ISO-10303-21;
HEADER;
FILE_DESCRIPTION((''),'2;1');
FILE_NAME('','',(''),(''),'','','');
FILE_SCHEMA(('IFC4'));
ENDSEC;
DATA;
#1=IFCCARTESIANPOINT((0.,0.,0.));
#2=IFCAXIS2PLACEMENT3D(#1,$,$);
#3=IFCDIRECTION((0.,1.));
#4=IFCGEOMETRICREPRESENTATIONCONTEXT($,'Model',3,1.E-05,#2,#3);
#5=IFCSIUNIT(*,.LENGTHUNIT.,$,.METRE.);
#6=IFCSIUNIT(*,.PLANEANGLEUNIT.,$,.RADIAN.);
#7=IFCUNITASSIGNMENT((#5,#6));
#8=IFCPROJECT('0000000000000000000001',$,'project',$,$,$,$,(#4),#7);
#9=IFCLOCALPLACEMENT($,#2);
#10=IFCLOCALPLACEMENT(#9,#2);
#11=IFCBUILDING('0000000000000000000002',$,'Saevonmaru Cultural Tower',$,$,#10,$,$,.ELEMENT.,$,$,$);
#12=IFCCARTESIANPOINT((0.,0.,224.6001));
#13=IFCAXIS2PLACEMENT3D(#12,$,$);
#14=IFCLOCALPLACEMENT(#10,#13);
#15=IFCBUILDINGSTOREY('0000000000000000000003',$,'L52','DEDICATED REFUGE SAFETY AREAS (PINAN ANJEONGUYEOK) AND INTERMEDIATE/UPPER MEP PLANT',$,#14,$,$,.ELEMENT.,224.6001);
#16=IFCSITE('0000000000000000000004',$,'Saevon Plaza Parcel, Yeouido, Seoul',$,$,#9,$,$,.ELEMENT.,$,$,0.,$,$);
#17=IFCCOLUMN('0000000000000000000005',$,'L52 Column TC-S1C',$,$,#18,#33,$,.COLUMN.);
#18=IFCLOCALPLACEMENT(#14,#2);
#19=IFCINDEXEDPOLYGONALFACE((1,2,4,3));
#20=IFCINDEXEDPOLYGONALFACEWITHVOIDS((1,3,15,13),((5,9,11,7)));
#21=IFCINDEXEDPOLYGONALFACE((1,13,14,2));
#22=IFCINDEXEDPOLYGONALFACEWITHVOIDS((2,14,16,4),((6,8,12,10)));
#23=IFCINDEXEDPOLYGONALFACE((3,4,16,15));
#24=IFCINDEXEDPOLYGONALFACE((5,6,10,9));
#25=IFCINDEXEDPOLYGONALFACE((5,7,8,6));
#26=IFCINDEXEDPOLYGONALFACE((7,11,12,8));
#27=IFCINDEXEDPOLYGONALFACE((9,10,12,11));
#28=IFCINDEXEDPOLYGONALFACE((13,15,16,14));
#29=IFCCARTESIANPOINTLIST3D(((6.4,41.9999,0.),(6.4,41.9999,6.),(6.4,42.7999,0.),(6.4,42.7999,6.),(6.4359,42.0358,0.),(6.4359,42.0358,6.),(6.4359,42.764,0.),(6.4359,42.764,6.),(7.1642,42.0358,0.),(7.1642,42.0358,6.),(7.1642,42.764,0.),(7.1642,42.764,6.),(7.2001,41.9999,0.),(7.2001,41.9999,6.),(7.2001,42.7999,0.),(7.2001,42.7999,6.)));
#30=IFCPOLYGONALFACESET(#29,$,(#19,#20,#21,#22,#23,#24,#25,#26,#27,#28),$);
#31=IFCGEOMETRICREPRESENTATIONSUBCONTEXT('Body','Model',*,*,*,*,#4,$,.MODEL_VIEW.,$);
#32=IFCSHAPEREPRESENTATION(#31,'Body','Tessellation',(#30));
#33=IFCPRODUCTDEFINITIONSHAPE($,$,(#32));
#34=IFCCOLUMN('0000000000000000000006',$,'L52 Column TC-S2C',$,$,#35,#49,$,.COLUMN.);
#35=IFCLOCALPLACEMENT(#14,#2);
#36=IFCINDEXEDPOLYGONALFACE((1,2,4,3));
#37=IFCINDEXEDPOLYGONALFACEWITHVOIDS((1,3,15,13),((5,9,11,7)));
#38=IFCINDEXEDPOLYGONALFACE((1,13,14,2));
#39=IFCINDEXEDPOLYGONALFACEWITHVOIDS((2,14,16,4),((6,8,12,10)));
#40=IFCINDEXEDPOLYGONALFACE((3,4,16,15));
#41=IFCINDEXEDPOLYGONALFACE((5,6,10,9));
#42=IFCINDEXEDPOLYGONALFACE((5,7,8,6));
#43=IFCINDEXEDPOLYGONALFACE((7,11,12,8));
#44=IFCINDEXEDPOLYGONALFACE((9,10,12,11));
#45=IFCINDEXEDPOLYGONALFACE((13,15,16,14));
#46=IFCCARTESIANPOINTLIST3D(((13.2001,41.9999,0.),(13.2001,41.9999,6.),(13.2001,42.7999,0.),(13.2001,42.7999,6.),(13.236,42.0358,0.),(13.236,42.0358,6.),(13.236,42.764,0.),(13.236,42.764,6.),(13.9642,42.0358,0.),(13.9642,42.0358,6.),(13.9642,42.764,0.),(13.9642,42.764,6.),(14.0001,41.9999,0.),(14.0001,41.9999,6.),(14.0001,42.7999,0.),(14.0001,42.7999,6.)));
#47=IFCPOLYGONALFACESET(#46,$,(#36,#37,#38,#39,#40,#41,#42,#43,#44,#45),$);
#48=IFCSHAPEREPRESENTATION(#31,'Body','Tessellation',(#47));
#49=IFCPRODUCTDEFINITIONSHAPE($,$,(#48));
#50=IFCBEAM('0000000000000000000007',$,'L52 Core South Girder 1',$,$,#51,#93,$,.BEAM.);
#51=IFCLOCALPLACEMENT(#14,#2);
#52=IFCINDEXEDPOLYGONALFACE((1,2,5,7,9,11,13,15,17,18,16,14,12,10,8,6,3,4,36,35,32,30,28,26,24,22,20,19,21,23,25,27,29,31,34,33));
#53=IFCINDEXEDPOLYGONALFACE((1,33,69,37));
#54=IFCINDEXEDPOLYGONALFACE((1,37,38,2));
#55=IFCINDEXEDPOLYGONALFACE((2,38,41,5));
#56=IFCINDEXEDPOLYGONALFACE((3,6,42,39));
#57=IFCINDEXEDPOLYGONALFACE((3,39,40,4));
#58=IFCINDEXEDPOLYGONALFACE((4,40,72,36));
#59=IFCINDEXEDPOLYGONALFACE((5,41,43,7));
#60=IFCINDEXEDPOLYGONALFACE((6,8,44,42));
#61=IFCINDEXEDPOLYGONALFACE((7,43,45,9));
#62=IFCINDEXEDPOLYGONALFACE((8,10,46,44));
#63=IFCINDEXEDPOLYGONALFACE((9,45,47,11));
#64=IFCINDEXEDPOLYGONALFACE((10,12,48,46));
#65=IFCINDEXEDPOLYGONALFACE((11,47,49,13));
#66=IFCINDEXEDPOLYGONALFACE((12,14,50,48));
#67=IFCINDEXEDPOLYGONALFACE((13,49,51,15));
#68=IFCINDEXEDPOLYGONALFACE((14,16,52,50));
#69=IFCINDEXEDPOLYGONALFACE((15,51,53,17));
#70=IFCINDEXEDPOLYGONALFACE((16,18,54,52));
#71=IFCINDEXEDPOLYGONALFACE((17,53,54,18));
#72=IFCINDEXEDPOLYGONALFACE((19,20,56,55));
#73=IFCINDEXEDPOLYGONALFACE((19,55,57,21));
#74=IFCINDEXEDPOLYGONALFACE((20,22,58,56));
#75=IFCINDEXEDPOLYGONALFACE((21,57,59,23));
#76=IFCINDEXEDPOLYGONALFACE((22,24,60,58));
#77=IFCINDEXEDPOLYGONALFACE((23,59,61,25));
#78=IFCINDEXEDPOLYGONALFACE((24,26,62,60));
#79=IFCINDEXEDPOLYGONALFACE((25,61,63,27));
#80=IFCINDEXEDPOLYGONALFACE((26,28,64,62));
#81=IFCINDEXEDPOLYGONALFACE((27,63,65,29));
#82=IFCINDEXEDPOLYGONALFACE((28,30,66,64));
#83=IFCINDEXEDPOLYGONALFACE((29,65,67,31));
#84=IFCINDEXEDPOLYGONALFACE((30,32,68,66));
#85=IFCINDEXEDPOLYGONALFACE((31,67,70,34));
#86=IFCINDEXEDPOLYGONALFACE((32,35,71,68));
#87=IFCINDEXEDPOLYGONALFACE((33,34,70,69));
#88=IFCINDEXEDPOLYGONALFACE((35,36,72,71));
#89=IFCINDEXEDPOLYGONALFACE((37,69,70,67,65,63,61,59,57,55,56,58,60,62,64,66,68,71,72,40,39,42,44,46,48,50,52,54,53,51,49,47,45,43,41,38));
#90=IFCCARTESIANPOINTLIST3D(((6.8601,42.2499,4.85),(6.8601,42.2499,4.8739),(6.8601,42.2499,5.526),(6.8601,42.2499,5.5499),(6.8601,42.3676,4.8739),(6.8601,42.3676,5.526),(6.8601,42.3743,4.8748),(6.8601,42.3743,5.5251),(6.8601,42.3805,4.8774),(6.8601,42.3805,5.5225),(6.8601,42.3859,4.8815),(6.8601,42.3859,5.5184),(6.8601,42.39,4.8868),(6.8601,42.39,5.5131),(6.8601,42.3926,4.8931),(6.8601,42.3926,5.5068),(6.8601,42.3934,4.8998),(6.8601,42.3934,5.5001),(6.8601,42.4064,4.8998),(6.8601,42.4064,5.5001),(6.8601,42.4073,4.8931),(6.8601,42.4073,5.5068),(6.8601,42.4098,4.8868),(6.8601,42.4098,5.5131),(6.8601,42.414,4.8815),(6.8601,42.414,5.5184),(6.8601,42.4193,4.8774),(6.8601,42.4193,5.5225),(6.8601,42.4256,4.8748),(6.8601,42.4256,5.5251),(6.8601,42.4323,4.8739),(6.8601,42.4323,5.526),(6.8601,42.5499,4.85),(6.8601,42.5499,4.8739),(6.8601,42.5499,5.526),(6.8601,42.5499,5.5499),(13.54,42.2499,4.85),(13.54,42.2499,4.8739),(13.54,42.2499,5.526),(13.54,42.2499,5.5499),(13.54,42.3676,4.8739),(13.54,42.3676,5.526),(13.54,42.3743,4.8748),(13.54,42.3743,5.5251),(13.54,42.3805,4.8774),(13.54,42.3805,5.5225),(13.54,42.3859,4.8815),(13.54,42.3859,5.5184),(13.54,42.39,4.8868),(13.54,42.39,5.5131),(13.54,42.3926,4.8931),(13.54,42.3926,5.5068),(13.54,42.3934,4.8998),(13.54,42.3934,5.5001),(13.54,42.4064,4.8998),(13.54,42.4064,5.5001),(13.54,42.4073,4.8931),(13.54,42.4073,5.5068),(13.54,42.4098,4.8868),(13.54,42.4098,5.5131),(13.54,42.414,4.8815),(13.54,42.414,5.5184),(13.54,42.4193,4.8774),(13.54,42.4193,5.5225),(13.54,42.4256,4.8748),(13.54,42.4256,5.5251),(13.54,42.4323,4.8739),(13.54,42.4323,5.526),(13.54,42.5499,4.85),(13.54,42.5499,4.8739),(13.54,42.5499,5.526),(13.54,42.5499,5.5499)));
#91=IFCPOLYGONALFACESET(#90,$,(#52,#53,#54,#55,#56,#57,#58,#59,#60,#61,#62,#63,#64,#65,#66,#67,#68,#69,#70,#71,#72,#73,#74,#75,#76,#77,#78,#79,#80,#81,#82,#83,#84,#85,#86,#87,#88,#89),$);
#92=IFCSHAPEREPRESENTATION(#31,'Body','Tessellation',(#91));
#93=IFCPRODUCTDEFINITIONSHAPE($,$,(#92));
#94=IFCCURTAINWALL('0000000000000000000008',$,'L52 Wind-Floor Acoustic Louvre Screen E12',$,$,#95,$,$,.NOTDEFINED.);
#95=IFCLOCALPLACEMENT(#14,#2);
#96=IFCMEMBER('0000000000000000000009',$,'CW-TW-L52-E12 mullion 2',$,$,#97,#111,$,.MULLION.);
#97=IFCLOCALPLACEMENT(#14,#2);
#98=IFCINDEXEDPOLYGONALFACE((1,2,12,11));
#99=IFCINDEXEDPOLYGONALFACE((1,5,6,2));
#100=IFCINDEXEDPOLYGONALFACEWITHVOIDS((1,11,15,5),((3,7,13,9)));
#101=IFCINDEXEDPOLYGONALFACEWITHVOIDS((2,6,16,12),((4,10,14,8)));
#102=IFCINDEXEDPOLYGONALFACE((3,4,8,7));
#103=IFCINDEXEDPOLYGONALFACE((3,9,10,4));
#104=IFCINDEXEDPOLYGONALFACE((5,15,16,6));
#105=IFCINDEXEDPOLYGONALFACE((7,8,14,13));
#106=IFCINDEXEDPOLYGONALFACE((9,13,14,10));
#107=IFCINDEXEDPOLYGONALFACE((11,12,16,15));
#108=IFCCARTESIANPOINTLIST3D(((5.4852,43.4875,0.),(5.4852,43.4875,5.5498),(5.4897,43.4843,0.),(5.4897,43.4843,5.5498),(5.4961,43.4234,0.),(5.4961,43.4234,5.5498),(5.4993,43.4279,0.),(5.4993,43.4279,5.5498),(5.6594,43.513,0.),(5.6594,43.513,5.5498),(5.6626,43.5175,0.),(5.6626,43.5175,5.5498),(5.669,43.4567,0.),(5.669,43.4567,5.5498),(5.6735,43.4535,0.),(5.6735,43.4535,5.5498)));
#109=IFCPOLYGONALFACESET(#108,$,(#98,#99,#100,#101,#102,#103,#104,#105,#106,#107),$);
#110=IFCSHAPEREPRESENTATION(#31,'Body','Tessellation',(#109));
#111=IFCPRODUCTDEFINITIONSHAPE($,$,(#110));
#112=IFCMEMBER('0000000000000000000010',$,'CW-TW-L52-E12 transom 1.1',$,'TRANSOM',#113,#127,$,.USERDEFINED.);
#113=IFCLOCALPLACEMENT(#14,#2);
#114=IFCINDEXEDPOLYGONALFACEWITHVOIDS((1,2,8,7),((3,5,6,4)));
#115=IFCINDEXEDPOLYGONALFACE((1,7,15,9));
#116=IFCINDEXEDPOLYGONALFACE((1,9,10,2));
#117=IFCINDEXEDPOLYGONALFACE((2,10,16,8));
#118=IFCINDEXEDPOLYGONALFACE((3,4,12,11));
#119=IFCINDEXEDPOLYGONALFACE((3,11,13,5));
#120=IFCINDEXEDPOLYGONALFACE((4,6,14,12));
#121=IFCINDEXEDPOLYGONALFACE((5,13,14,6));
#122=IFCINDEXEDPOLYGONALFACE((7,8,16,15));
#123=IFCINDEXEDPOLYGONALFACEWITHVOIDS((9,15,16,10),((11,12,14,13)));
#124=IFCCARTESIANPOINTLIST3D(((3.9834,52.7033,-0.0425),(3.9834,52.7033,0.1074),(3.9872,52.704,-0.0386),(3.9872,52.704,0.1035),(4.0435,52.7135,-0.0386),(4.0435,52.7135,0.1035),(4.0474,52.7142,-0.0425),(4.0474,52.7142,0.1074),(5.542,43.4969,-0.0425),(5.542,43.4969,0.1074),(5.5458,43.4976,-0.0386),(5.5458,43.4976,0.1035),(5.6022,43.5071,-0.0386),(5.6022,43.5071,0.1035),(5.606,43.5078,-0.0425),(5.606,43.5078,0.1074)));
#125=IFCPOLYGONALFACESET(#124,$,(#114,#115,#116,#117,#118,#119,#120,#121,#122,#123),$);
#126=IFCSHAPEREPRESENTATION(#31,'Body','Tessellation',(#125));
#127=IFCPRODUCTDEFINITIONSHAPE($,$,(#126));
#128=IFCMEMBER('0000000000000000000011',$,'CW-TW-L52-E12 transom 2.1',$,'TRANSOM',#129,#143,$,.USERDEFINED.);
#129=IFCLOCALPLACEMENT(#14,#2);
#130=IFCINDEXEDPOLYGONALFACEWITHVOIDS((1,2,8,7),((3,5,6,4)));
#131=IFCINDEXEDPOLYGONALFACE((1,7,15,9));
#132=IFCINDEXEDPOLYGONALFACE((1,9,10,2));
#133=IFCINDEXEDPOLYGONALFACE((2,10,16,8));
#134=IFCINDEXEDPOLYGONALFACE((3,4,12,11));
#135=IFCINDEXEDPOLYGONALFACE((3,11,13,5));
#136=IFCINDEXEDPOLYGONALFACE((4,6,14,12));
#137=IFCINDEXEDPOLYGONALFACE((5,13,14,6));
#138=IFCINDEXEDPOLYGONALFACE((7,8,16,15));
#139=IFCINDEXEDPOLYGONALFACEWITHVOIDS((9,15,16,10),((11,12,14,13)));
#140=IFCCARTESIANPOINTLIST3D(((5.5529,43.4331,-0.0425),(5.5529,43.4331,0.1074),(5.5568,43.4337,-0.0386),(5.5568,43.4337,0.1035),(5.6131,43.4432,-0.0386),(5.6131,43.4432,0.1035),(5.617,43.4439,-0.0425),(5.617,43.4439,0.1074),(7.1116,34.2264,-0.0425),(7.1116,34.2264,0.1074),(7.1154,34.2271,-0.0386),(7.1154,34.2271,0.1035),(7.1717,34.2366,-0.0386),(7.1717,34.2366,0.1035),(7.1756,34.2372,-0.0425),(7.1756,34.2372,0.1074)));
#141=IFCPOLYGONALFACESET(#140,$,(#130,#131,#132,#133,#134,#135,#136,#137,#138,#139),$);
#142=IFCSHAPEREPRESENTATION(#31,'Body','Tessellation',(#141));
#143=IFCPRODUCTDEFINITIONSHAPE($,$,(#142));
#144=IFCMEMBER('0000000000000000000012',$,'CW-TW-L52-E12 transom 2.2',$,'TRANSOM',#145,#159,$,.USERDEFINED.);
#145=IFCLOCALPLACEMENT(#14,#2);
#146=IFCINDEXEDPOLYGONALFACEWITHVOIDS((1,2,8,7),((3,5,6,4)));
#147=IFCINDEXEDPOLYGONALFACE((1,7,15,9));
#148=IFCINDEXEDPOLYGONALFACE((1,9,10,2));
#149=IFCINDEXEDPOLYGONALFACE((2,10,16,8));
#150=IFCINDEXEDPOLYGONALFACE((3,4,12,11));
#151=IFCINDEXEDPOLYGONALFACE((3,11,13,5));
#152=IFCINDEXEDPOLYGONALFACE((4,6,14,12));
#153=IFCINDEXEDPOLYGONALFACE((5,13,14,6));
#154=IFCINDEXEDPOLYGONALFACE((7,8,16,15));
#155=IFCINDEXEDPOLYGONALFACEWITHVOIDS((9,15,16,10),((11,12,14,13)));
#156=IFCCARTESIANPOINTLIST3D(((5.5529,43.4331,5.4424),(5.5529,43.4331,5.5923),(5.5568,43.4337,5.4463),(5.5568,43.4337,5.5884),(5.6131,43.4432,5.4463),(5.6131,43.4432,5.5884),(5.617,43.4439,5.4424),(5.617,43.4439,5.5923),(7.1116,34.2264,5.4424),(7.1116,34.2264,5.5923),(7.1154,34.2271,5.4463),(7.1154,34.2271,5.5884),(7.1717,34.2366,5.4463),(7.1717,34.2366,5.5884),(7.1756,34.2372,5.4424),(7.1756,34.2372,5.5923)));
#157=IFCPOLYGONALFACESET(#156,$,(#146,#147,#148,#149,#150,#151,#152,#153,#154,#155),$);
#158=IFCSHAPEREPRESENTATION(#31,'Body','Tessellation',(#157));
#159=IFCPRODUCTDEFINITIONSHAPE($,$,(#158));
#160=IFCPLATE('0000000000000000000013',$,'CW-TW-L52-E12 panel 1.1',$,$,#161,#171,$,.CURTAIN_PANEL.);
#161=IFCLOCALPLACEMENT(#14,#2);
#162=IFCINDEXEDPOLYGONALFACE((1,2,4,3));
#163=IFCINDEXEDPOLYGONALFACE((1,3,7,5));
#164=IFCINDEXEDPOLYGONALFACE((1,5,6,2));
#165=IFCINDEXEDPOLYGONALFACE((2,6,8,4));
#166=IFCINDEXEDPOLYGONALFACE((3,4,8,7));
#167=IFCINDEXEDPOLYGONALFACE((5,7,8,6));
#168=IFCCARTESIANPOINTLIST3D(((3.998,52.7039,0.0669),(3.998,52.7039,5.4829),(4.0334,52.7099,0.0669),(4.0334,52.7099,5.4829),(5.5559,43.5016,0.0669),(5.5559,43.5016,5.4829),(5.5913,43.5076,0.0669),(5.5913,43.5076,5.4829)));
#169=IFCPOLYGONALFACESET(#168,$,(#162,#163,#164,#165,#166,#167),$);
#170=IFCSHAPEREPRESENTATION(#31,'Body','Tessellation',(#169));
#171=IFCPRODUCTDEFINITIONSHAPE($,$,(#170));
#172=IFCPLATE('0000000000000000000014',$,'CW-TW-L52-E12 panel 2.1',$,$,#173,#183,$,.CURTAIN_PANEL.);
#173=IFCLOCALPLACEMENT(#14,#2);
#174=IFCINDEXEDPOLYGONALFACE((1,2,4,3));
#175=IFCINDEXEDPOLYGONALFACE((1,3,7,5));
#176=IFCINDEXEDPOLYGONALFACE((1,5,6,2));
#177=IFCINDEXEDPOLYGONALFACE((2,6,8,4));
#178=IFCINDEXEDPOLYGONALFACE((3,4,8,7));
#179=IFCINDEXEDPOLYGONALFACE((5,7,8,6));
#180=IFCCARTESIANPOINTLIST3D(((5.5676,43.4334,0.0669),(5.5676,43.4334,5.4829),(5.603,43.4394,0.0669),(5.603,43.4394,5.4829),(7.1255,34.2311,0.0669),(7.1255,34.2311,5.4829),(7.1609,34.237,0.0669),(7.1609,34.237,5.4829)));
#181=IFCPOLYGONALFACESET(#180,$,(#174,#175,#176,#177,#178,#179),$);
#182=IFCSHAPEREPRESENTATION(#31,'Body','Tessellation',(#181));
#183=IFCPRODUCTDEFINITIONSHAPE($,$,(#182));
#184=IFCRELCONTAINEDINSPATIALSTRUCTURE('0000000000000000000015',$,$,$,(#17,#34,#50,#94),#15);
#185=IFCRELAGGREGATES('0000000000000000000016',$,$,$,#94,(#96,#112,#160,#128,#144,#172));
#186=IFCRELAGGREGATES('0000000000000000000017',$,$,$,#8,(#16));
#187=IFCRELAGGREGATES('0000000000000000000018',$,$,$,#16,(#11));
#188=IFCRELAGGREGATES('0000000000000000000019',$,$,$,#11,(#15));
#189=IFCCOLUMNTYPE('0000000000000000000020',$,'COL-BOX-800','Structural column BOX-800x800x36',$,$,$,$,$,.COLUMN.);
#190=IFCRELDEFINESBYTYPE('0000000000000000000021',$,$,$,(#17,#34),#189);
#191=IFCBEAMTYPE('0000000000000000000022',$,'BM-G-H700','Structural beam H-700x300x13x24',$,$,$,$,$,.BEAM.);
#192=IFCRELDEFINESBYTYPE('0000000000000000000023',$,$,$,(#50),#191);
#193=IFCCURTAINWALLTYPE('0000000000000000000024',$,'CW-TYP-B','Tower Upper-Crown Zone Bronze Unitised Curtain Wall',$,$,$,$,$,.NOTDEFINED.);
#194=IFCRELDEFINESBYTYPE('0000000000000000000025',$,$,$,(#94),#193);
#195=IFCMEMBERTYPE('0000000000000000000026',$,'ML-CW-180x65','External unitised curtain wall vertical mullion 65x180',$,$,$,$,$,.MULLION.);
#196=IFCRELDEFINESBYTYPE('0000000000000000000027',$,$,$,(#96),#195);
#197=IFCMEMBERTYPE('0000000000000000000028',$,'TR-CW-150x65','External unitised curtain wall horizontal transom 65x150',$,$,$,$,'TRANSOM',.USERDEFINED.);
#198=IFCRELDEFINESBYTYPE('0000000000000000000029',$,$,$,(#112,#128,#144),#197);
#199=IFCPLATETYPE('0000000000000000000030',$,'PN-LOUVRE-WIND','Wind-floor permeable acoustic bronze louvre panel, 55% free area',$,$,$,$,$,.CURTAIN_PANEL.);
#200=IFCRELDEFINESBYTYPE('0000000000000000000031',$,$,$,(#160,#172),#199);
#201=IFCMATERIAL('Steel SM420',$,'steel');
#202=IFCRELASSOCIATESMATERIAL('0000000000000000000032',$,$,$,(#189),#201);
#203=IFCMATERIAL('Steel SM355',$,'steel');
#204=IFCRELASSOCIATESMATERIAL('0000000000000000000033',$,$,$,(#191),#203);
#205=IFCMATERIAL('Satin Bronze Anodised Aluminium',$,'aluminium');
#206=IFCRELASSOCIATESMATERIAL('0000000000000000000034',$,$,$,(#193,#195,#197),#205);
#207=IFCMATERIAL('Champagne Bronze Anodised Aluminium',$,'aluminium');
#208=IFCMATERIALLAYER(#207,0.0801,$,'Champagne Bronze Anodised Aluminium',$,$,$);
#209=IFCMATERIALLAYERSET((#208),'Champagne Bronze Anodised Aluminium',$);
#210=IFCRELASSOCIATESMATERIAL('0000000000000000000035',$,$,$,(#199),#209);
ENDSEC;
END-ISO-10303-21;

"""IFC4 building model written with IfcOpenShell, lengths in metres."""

from ifc_helpers import new_model, si_unit, direction, frame, origin, origin_2d, place, context, subcontext, project, spatial, rectangle, hollow_rectangle, i_section, extrude, material, layer, layer_set, material_profile, profile_set, type_object, element, aggregate, save


model = new_model("IFC4")

# Units and contexts
model_context = context("Model", 3, precision=1e-05, world=origin(), true_north=direction((0.0, 1.0)))
body_context = subcontext(model_context, "Body", "Model", "MODEL_VIEW")
ifc_project = project(units=[si_unit("LENGTHUNIT", "METRE"), si_unit("PLANEANGLEUNIT", "RADIAN")], contexts=[model_context])

# Site, building, storey
site_placement = place(None, origin())
site = spatial("IfcSite", under=ifc_project, at=site_placement, Name="Saevon Plaza Parcel, Yeouido, Seoul", CompositionType="ELEMENT", RefElevation=0.0)
building_placement = place(site_placement, origin())
building = spatial("IfcBuilding", under=site, at=building_placement, Name="Saevonmaru Cultural Tower", CompositionType="ELEMENT")
storey_placement = place(building_placement, frame((0.0, 0.0, 224.6001)))
storey = spatial("IfcBuildingStorey", under=building, at=storey_placement, Name="L52", Description="DEDICATED REFUGE SAFETY AREAS (PINAN ANJEONGUYEOK) AND INTERMEDIATE/UPPER MEP PLANT", CompositionType="ELEMENT", Elevation=224.6001)

# Columns
ifc_material_1 = material(Name="Steel SM420", Category="steel")
ifc_material_profile_1 = material_profile(ifc_material_1, hollow_rectangle(XDim=0.8, YDim=0.8, WallThickness=0.0359, at=origin_2d()), Name="BOX-800x800x36")
ifc_profile_set_1 = profile_set([ifc_material_profile_1], Name="Steel SM420")
column_type = type_object("IfcColumnType", Name="COL-BOX-800", Description="Structural column BOX-800x800x36", PredefinedType="COLUMN", material=ifc_profile_set_1)
for number, where, z_axis, x_axis, name in (
    (1, (6.8, 42.3999, 0.0), (0.0, 0.0, 1.0), (1.0, 0.0, 0.0), "L52 Column TC-S1C"),
    (2, (13.6001, 42.3999, 0.0), (0.0, 0.0, 1.0), (1.0, 0.0, 0.0), "L52 Column TC-S2C"),
):
    element("IfcColumn", number, at=place(storey_placement, frame(where, z_axis=z_axis, x_axis=x_axis)), inside=storey, type_object=column_type, Name=name, PredefinedType="COLUMN", context=body_context, shape_type="SweptSolid", body=[
        extrude(hollow_rectangle(XDim=0.8, YDim=0.8, WallThickness=0.0359, at=origin_2d()), origin(), (0.0, 0.0, 1.0), 6.0),
    ])

# Beam
ifc_material_2 = material(Name="Steel SM355", Category="steel")
ifc_material_profile_2 = material_profile(ifc_material_2, i_section(OverallWidth=0.3, OverallDepth=0.7, WebThickness=0.0129, FlangeThickness=0.0239, FilletRadius=0.0259, at=origin_2d()), Name="H-700x300x13x24")
ifc_profile_set_2 = profile_set([ifc_material_profile_2], Name="Steel SM355")
beam_type = type_object("IfcBeamType", Name="BM-G-H700", Description="Structural beam H-700x300x13x24", PredefinedType="BEAM", material=ifc_profile_set_2)
beam_placement = place(storey_placement, frame((6.8601, 42.3999, 5.2), z_axis=(1.0, 0.0, 0.0), x_axis=(0.0, 1.0, 0.0)))
element("IfcBeam", 3, at=beam_placement, inside=storey, type_object=beam_type, Name="L52 Core South Girder 1", PredefinedType="BEAM", context=body_context, shape_type="SweptSolid", body=[
    extrude(i_section(OverallWidth=0.3, OverallDepth=0.7, WebThickness=0.0129, FlangeThickness=0.0239, FilletRadius=0.0259, at=origin_2d()), origin(), (0.0, 0.0, 1.0), 6.6799),
])

# Curtain wall, members, plates
ifc_material_3 = material(Name="Satin Bronze Anodised Aluminium", Category="aluminium")
curtain_wall_type = type_object("IfcCurtainWallType", Name="CW-TYP-B", Description="Tower Upper-Crown Zone Bronze Unitised Curtain Wall", PredefinedType="NOTDEFINED", material=ifc_material_3)
curtain_wall_placement = place(storey_placement, origin())
curtain_wall = element("IfcCurtainWall", 4, at=curtain_wall_placement, inside=storey, type_object=curtain_wall_type, Name="L52 Wind-Floor Acoustic Louvre Screen E12", PredefinedType="NOTDEFINED")
ifc_material_profile_3 = material_profile(ifc_material_3, hollow_rectangle(XDim=0.0649, YDim=0.1799, WallThickness=0.0039, at=origin_2d()), Name="ALU-MULL-180x65x4")
ifc_profile_set_3 = profile_set([ifc_material_profile_3], Name="Satin Bronze Anodised Aluminium")
member_type_1 = type_object("IfcMemberType", Name="ML-CW-180x65", Description="External unitised curtain wall vertical mullion 65x180", PredefinedType="MULLION", material=ifc_profile_set_3)
member_1_placement = place(storey_placement, frame((5.5793, 43.4705, 0.0), z_axis=(0.0, 0.0, 1.0), x_axis=(0.166922, -0.98597, 0.0)))
member_1 = element("IfcMember", 5, at=member_1_placement, type_object=member_type_1, Name="CW-TW-L52-E12 mullion 2", PredefinedType="MULLION", context=body_context, shape_type="SweptSolid", body=[
    extrude(hollow_rectangle(XDim=0.0649, YDim=0.1799, WallThickness=0.0039, at=origin_2d()), origin(), (0.0, 0.0, 1.0), 5.5498),
])
ifc_material_profile_4 = material_profile(ifc_material_3, hollow_rectangle(XDim=0.0649, YDim=0.1499, WallThickness=0.0039, at=origin_2d()), Name="ALU-TRAN-150x65x4")
ifc_profile_set_4 = profile_set([ifc_material_profile_4], Name="Satin Bronze Anodised Aluminium")
member_type_2 = type_object("IfcMemberType", Name="TR-CW-150x65", Description="External unitised curtain wall horizontal transom 65x150", ElementType="TRANSOM", PredefinedType="USERDEFINED", material=ifc_profile_set_4)
member_2_placement = place(storey_placement, frame((4.0154, 52.7087, 0.0325), z_axis=(0.166921, -0.98597, 0.0), x_axis=(0.98597, 0.166921, 0.0)))
member_2 = element("IfcMember", 6, at=member_2_placement, type_object=member_type_2, Name="CW-TW-L52-E12 transom 1.1", ObjectType="TRANSOM", PredefinedType="USERDEFINED", context=body_context, shape_type="SweptSolid", body=[
    extrude(hollow_rectangle(XDim=0.0649, YDim=0.1499, WallThickness=0.0039, at=origin_2d()), origin(), (0.0, 0.0, 1.0), 9.3374),
])
member_3_placement = place(storey_placement, frame((5.585, 43.4385, 0.0325), z_axis=(0.166917, -0.985971, 0.0), x_axis=(0.985971, 0.166917, 0.0)))
member_3 = element("IfcMember", 7, at=member_3_placement, type_object=member_type_2, Name="CW-TW-L52-E12 transom 2.1", ObjectType="TRANSOM", PredefinedType="USERDEFINED", context=body_context, shape_type="SweptSolid", body=[
    extrude(hollow_rectangle(XDim=0.0649, YDim=0.1499, WallThickness=0.0039, at=origin_2d()), origin(), (0.0, 0.0, 1.0), 9.3376),
])
member_4_placement = place(storey_placement, frame((5.585, 43.4385, 5.5173), z_axis=(0.166917, -0.985971, 0.0), x_axis=(0.985971, 0.166917, 0.0)))
member_4 = element("IfcMember", 8, at=member_4_placement, type_object=member_type_2, Name="CW-TW-L52-E12 transom 2.2", ObjectType="TRANSOM", PredefinedType="USERDEFINED", context=body_context, shape_type="SweptSolid", body=[
    extrude(hollow_rectangle(XDim=0.0649, YDim=0.1499, WallThickness=0.0039, at=origin_2d()), origin(), (0.0, 0.0, 1.0), 9.3376),
])
ifc_material_4 = material(Name="Champagne Bronze Anodised Aluminium", Category="aluminium")
ifc_layer_1 = layer(ifc_material_4, 0.0801, Name="Champagne Bronze Anodised Aluminium")
ifc_layer_set_1 = layer_set([ifc_layer_1], Name="Champagne Bronze Anodised Aluminium")
plate_type = type_object("IfcPlateType", Name="PN-LOUVRE-WIND", Description="Wind-floor permeable acoustic bronze louvre panel, 55% free area", PredefinedType="CURTAIN_PANEL", material=ifc_layer_set_1)
plate_1_placement = place(storey_placement, frame((4.7947, 48.1057, 0.0669), z_axis=(0.0, 0.0, 1.0), x_axis=(0.166922, -0.98597, 0.0)))
plate_1 = element("IfcPlate", 9, at=plate_1_placement, type_object=plate_type, Name="CW-TW-L52-E12 panel 1.1", PredefinedType="CURTAIN_PANEL", context=body_context, shape_type="SweptSolid", body=[
    extrude(rectangle(XDim=9.3333, YDim=0.0359, at=origin_2d()), origin(), (0.0, 0.0, 1.0), 5.416),
])
plate_2_placement = place(storey_placement, frame((6.3643, 38.8352, 0.0669), z_axis=(0.0, 0.0, 1.0), x_axis=(0.166922, -0.98597, 0.0)))
plate_2 = element("IfcPlate", 10, at=plate_2_placement, type_object=plate_type, Name="CW-TW-L52-E12 panel 2.1", PredefinedType="CURTAIN_PANEL", context=body_context, shape_type="SweptSolid", body=[
    extrude(rectangle(XDim=9.3333, YDim=0.0359, at=origin_2d()), origin(), (0.0, 0.0, 1.0), 5.416),
])
aggregate(curtain_wall, [member_1, member_2, plate_1, member_3, member_4, plate_2])

save(model, "model.ifc")
